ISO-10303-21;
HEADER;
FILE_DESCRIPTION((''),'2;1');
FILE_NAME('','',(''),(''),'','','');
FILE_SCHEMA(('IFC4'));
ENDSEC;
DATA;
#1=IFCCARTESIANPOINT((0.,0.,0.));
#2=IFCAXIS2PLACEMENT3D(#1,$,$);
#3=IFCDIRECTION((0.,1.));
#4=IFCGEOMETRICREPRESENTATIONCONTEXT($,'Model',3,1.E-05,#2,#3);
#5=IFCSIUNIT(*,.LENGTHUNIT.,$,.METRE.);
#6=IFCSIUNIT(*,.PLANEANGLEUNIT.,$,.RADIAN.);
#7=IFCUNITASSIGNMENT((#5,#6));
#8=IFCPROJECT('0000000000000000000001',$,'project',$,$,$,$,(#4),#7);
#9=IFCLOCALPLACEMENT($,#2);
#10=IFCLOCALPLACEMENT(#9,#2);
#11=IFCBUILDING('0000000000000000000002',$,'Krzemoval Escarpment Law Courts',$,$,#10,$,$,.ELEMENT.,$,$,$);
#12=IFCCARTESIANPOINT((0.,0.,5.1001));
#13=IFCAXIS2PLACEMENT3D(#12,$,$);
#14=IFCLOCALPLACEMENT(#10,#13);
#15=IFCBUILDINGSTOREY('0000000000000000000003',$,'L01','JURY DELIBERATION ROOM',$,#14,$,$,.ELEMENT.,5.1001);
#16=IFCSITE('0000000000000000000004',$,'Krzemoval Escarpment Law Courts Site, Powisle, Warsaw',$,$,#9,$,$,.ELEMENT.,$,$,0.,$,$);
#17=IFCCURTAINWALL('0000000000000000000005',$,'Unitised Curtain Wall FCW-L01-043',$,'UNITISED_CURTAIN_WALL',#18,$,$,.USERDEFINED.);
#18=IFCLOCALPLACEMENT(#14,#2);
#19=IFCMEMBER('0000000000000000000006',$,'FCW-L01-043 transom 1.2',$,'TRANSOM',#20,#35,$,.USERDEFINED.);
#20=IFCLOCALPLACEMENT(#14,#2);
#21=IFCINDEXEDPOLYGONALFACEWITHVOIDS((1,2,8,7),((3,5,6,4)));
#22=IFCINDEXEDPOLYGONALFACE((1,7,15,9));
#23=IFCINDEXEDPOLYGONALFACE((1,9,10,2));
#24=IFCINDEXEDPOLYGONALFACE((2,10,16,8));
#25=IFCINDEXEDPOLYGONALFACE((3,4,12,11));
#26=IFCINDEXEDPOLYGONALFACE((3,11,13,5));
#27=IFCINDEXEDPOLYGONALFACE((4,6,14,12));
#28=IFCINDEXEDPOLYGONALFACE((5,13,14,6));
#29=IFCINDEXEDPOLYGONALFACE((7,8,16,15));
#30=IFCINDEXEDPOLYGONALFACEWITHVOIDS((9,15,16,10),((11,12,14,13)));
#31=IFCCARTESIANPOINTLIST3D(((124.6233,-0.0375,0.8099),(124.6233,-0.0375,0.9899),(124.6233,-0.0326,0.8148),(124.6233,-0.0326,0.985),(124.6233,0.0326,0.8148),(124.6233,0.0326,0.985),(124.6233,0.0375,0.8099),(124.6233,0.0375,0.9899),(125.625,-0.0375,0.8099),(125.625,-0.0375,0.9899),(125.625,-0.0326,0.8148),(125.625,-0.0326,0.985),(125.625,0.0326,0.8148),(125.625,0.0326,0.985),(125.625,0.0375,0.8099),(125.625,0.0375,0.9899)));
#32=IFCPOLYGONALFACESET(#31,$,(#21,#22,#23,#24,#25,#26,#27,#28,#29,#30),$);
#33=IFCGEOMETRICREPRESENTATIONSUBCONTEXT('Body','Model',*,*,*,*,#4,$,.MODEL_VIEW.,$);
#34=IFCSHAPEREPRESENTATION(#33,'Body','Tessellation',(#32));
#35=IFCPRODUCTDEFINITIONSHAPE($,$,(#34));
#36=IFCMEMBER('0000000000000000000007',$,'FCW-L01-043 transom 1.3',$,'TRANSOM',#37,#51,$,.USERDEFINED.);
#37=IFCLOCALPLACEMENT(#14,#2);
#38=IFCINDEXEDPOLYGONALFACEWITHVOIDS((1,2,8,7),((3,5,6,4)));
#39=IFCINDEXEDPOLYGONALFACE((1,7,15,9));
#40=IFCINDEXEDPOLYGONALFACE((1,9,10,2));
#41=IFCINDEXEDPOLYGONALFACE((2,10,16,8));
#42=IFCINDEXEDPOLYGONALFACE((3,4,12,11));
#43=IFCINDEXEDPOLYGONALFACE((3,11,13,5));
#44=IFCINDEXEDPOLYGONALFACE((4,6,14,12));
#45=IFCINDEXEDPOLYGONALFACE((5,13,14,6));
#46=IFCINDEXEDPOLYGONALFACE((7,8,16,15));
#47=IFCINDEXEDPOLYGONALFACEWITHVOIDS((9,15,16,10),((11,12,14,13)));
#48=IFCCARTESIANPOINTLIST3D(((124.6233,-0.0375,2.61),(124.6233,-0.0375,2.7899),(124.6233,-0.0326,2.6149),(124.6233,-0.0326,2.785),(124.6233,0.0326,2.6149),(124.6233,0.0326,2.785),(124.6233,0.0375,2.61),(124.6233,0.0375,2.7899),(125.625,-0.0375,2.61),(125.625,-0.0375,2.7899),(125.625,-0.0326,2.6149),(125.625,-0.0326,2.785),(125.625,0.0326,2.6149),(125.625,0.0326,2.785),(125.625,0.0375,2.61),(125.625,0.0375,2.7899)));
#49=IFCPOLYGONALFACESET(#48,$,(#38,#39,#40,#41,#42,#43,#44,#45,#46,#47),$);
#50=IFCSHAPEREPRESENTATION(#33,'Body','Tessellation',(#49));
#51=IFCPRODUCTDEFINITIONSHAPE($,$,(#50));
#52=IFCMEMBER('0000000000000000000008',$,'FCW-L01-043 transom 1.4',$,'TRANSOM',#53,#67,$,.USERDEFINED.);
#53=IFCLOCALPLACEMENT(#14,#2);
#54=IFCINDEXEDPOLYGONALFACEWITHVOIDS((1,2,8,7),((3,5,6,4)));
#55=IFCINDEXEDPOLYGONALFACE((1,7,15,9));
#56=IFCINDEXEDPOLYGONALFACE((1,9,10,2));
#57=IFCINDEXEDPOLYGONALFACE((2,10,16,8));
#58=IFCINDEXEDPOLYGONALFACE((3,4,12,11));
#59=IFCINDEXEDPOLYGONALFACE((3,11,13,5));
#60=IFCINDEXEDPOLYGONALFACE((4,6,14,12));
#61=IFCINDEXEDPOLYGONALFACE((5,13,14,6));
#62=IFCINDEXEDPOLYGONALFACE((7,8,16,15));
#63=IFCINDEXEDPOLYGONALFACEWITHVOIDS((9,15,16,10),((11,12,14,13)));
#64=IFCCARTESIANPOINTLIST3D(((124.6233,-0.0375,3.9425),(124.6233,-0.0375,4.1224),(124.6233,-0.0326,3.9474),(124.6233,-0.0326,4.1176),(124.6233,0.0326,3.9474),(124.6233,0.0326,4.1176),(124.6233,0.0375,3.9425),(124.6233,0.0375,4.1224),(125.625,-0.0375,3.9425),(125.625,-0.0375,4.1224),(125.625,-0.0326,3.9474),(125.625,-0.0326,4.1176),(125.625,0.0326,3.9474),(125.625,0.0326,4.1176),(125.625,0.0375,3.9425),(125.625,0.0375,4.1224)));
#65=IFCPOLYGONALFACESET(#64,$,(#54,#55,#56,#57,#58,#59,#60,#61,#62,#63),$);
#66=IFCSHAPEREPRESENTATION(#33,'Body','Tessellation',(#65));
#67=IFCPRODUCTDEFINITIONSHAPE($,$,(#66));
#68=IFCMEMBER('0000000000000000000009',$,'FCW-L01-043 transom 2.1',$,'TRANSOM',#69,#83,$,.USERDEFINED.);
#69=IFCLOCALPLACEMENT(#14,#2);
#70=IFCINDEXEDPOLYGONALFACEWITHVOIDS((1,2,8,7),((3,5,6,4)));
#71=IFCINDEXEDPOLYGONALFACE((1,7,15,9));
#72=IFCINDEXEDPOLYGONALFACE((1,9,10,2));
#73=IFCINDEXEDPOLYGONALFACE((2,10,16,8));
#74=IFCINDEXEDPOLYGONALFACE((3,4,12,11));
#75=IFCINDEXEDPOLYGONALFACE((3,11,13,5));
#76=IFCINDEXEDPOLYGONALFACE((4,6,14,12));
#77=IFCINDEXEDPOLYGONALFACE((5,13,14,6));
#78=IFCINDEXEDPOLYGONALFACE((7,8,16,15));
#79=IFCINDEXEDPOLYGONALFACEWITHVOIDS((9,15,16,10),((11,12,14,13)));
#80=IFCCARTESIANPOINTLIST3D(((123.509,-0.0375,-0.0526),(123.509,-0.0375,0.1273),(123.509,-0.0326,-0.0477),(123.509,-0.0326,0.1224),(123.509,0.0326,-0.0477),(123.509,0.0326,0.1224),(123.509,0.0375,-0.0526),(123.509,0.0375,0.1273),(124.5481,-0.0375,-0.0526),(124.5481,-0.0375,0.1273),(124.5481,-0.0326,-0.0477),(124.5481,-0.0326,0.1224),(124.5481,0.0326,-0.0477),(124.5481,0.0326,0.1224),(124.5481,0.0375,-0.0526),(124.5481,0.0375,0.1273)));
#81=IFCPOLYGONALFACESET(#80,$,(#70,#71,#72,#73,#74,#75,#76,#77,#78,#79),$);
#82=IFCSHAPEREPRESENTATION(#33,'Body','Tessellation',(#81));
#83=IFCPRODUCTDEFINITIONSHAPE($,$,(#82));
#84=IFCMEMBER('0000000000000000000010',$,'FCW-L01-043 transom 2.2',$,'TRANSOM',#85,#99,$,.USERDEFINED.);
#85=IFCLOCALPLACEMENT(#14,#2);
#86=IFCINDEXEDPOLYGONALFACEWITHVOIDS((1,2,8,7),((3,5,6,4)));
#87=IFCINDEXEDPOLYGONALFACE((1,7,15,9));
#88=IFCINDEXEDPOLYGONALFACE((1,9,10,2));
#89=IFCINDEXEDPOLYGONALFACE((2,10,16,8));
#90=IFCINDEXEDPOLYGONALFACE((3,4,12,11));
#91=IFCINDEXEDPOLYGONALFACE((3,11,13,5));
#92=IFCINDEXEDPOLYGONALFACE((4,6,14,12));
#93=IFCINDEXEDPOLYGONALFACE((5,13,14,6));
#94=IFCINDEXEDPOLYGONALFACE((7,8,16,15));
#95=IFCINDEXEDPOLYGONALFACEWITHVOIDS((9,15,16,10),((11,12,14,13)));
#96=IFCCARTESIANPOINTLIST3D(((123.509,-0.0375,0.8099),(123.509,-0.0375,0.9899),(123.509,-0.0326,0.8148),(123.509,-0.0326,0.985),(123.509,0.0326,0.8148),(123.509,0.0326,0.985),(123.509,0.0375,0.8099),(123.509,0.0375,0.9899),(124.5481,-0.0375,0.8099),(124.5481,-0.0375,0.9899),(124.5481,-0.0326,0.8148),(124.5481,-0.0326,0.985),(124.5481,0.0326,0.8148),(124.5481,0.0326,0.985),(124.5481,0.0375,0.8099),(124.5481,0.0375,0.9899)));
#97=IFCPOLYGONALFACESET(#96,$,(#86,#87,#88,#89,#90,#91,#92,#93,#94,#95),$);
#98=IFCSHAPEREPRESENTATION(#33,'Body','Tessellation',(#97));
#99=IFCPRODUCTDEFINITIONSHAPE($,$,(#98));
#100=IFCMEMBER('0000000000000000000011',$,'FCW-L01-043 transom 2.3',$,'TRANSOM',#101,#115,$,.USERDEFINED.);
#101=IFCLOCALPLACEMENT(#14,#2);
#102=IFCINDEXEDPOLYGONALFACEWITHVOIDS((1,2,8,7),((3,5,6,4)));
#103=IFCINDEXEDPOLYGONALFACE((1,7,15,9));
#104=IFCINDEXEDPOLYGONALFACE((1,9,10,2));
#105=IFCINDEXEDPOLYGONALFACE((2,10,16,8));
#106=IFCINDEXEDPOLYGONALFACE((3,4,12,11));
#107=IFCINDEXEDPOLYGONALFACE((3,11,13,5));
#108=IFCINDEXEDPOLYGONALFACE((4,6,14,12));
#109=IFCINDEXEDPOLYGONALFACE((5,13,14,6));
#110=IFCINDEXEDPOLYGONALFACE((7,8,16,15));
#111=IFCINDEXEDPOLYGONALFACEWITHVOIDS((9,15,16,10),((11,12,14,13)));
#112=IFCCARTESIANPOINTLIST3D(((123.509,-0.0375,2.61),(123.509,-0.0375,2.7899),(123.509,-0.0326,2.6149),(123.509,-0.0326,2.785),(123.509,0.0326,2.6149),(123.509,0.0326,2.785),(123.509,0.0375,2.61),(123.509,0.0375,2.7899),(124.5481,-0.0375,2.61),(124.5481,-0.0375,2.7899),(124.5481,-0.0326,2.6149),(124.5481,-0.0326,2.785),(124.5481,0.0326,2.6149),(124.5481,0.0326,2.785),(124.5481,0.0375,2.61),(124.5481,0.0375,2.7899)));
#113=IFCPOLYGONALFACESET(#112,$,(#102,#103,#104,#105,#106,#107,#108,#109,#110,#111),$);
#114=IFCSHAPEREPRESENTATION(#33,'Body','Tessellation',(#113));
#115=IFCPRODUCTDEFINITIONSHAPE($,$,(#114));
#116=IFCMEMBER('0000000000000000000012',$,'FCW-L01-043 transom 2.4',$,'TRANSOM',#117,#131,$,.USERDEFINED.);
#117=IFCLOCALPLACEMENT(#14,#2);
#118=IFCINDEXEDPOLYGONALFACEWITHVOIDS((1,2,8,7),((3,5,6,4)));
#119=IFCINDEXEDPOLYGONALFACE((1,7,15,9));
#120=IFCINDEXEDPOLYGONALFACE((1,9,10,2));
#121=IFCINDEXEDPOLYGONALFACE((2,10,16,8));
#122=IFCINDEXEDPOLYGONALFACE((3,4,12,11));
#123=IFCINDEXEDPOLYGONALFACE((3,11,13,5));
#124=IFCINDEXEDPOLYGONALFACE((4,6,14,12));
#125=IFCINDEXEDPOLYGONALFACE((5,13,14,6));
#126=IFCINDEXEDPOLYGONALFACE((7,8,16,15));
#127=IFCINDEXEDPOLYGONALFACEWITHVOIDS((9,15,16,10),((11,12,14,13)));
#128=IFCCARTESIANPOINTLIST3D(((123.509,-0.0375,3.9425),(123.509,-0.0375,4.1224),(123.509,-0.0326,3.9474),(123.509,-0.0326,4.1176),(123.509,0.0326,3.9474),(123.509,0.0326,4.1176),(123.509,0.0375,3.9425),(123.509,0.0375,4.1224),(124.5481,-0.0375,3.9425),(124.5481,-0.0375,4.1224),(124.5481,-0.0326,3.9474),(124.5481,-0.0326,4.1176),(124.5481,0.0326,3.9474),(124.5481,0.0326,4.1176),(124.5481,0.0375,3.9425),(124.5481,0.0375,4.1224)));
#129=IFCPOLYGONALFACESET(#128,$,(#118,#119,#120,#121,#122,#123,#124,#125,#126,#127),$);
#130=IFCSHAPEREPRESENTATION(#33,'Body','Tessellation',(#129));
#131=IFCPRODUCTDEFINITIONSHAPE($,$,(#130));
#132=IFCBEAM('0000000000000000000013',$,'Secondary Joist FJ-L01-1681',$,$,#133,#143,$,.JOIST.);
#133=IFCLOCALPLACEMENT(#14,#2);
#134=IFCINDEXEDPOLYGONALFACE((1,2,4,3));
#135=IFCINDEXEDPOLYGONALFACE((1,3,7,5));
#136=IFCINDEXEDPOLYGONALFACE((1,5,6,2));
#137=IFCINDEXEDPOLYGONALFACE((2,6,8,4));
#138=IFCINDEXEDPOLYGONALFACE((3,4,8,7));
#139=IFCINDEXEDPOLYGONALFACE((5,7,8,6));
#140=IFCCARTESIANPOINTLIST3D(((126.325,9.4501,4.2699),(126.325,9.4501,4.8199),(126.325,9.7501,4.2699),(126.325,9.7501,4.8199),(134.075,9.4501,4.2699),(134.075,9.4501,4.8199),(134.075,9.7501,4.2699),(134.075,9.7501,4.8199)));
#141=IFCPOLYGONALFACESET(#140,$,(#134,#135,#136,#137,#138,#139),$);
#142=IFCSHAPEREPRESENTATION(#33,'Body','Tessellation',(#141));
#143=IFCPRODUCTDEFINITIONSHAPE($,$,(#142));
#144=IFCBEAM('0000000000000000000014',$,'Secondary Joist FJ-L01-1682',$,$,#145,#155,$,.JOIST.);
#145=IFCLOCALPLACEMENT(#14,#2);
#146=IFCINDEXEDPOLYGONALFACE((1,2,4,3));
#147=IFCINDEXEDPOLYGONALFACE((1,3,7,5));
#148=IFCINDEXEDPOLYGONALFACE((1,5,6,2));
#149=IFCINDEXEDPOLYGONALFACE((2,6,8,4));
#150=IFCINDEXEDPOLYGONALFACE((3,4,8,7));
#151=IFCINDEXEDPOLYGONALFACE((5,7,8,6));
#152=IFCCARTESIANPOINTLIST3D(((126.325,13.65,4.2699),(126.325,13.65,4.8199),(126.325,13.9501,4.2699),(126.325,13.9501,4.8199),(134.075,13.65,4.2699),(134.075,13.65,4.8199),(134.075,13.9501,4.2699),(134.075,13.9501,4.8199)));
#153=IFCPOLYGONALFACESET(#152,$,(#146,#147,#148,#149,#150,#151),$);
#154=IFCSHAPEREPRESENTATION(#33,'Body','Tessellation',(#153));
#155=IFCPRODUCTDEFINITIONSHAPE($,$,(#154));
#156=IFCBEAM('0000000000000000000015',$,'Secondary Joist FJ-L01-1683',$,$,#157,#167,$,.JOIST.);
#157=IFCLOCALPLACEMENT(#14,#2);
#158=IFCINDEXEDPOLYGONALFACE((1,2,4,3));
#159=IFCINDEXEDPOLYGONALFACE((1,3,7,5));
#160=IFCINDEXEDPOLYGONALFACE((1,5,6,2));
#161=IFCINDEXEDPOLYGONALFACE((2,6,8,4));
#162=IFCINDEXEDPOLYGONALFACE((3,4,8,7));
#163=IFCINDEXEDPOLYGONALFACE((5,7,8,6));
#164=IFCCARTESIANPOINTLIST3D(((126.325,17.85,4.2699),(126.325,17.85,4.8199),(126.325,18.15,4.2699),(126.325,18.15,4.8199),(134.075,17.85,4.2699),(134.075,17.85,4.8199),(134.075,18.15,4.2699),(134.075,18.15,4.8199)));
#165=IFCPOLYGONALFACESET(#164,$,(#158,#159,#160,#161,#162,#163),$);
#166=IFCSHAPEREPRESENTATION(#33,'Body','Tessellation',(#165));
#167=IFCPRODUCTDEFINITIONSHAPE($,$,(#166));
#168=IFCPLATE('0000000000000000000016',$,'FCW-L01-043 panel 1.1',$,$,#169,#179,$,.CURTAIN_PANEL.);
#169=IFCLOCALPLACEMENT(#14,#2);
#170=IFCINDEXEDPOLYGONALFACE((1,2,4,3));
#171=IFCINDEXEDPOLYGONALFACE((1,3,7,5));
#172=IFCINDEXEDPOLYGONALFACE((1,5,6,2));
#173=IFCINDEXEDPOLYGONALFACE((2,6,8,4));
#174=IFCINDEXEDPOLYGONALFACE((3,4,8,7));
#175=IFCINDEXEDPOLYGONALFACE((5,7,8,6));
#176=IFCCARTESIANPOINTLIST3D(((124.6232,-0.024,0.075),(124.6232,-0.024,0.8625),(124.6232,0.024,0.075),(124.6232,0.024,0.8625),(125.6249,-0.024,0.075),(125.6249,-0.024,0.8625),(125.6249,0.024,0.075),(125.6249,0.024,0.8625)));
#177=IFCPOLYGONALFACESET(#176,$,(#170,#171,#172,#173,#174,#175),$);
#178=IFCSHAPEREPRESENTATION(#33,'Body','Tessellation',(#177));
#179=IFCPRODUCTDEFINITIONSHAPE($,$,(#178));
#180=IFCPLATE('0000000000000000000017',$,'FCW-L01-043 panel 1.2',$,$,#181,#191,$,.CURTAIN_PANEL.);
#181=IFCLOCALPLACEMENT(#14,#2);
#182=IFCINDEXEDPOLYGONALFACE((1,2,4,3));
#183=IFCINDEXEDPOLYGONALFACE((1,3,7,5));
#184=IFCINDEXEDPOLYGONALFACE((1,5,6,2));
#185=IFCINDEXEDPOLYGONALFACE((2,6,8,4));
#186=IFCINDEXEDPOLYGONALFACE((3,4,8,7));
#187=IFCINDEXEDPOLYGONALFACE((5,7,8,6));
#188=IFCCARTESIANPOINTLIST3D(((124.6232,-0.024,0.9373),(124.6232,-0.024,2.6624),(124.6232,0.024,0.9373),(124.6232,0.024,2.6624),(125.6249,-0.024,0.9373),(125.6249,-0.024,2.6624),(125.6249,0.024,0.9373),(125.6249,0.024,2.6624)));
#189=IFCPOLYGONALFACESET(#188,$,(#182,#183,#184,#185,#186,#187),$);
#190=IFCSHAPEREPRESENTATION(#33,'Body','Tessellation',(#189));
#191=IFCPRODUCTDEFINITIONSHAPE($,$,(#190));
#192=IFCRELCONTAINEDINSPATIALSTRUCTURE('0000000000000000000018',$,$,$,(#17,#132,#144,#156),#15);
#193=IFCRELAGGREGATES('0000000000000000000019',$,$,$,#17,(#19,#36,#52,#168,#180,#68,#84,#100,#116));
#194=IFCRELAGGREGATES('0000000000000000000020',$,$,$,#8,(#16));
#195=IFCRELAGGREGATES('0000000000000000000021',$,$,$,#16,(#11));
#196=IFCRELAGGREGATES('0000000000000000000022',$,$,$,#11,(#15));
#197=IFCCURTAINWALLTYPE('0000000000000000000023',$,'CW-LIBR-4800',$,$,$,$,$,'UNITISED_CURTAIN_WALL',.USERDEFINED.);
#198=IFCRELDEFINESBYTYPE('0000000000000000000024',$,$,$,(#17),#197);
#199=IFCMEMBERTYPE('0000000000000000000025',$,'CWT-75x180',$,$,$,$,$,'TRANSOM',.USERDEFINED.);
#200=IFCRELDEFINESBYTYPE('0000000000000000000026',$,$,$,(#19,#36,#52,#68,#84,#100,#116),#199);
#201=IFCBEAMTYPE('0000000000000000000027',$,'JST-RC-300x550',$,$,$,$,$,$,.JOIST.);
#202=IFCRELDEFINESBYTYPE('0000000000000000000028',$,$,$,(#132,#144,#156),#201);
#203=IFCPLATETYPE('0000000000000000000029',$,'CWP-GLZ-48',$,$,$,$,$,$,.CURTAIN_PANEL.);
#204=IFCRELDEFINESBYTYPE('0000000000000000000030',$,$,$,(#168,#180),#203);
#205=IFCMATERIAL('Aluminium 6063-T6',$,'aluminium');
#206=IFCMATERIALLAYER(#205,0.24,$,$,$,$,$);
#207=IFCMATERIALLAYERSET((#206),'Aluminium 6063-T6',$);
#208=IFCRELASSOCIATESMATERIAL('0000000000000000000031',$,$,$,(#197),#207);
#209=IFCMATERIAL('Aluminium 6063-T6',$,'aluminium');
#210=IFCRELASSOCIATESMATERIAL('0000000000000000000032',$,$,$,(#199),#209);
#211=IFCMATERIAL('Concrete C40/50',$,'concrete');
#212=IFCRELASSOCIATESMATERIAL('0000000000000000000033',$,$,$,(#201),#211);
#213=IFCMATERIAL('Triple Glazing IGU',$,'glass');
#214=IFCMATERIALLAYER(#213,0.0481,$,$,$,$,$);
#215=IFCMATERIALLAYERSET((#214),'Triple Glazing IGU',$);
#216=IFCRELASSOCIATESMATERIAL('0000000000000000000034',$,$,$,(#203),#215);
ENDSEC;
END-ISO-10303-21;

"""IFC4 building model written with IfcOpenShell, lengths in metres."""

from ifc_helpers import new_model, si_unit, direction, frame, origin, origin_2d, place, context, subcontext, project, spatial, rectangle, hollow_rectangle, extrude, material, layer, layer_set, material_profile, profile_set, type_object, element, aggregate, save


model = new_model("IFC4")

# Units and contexts
model_context = context("Model", 3, precision=1e-05, world=origin(), true_north=direction((0.0, 1.0)))
body_context = subcontext(model_context, "Body", "Model", "MODEL_VIEW")
ifc_project = project(units=[si_unit("LENGTHUNIT", "METRE"), si_unit("PLANEANGLEUNIT", "RADIAN")], contexts=[model_context])

# Site, building, storey
site_placement = place(None, origin())
site = spatial("IfcSite", under=ifc_project, at=site_placement, Name="Krzemoval Escarpment Law Courts Site, Powisle, Warsaw", CompositionType="ELEMENT", RefElevation=0.0)
building_placement = place(site_placement, origin())
building = spatial("IfcBuilding", under=site, at=building_placement, Name="Krzemoval Escarpment Law Courts", CompositionType="ELEMENT")
storey_placement = place(building_placement, frame((0.0, 0.0, 5.1001)))
storey = spatial("IfcBuildingStorey", under=building, at=storey_placement, Name="L01", Description="JURY DELIBERATION ROOM", CompositionType="ELEMENT", Elevation=5.1001)

# Curtain wall, members
ifc_material_1 = material(Name="Aluminium 6063-T6", Category="aluminium")
ifc_layer_1 = layer(ifc_material_1, 0.24)
ifc_layer_set_1 = layer_set([ifc_layer_1], Name="Aluminium 6063-T6")
curtain_wall_type = type_object("IfcCurtainWallType", Name="CW-LIBR-4800", ElementType="UNITISED_CURTAIN_WALL", PredefinedType="USERDEFINED", material=ifc_layer_set_1)
curtain_wall_placement = place(storey_placement, origin())
curtain_wall = element("IfcCurtainWall", 1, at=curtain_wall_placement, inside=storey, type_object=curtain_wall_type, Name="Unitised Curtain Wall FCW-L01-043", ObjectType="UNITISED_CURTAIN_WALL", PredefinedType="USERDEFINED")
ifc_material_2 = material(Name="Aluminium 6063-T6", Category="aluminium")
ifc_material_profile_1 = material_profile(ifc_material_2, hollow_rectangle(XDim=0.075, YDim=0.1799, WallThickness=0.0049, at=origin_2d()), Name="ALU T75x180")
ifc_profile_set_1 = profile_set([ifc_material_profile_1], Name="Aluminium 6063-T6")
member_type_1 = type_object("IfcMemberType", Name="CWT-75x180", ElementType="TRANSOM", PredefinedType="USERDEFINED", material=ifc_profile_set_1)
member_1_placement = place(storey_placement, frame((125.625, 0.0, 0.8999), z_axis=(-1.0, 0.0, 0.0), x_axis=(0.0, -1.0, 0.0)))
member_1 = element("IfcMember", 2, at=member_1_placement, type_object=member_type_1, Name="FCW-L01-043 transom 1.2", ObjectType="TRANSOM", PredefinedType="USERDEFINED", context=body_context, shape_type="SweptSolid", body=[
    extrude(hollow_rectangle(XDim=0.075, YDim=0.1799, WallThickness=0.0049, at=origin_2d()), origin(), (0.0, 0.0, 1.0), 1.0017),
])
member_2_placement = place(storey_placement, frame((125.625, 0.0, 2.7), z_axis=(-1.0, 0.0, 0.0), x_axis=(0.0, -1.0, 0.0)))
member_2 = element("IfcMember", 3, at=member_2_placement, type_object=member_type_1, Name="FCW-L01-043 transom 1.3", ObjectType="TRANSOM", PredefinedType="USERDEFINED", context=body_context, shape_type="SweptSolid", body=[
    extrude(hollow_rectangle(XDim=0.075, YDim=0.1799, WallThickness=0.0049, at=origin_2d()), origin(), (0.0, 0.0, 1.0), 1.0017),
])
member_3_placement = place(storey_placement, frame((125.625, 0.0, 4.0325), z_axis=(-1.0, 0.0, 0.0), x_axis=(0.0, -1.0, 0.0)))
member_3 = element("IfcMember", 4, at=member_3_placement, type_object=member_type_1, Name="FCW-L01-043 transom 1.4", ObjectType="TRANSOM", PredefinedType="USERDEFINED", context=body_context, shape_type="SweptSolid", body=[
    extrude(hollow_rectangle(XDim=0.075, YDim=0.1799, WallThickness=0.0049, at=origin_2d()), origin(), (0.0, 0.0, 1.0), 1.0017),
])
member_4_placement = place(storey_placement, frame((124.5481, 0.0, 0.0374), z_axis=(-1.0, 0.0, 0.0), x_axis=(0.0, -1.0, 0.0)))
member_4 = element("IfcMember", 5, at=member_4_placement, type_object=member_type_1, Name="FCW-L01-043 transom 2.1", ObjectType="TRANSOM", PredefinedType="USERDEFINED", context=body_context, shape_type="SweptSolid", body=[
    extrude(hollow_rectangle(XDim=0.075, YDim=0.1799, WallThickness=0.0049, at=origin_2d()), origin(), (0.0, 0.0, 1.0), 1.0391),
])
member_5_placement = place(storey_placement, frame((124.5481, 0.0, 0.8999), z_axis=(-1.0, 0.0, 0.0), x_axis=(0.0, -1.0, 0.0)))
member_5 = element("IfcMember", 6, at=member_5_placement, type_object=member_type_1, Name="FCW-L01-043 transom 2.2", ObjectType="TRANSOM", PredefinedType="USERDEFINED", context=body_context, shape_type="SweptSolid", body=[
    extrude(hollow_rectangle(XDim=0.075, YDim=0.1799, WallThickness=0.0049, at=origin_2d()), origin(), (0.0, 0.0, 1.0), 1.0391),
])
member_6_placement = place(storey_placement, frame((124.5481, 0.0, 2.7), z_axis=(-1.0, 0.0, 0.0), x_axis=(0.0, -1.0, 0.0)))
member_6 = element("IfcMember", 7, at=member_6_placement, type_object=member_type_1, Name="FCW-L01-043 transom 2.3", ObjectType="TRANSOM", PredefinedType="USERDEFINED", context=body_context, shape_type="SweptSolid", body=[
    extrude(hollow_rectangle(XDim=0.075, YDim=0.1799, WallThickness=0.0049, at=origin_2d()), origin(), (0.0, 0.0, 1.0), 1.0391),
])
member_7_placement = place(storey_placement, frame((124.5481, 0.0, 4.0325), z_axis=(-1.0, 0.0, 0.0), x_axis=(0.0, -1.0, 0.0)))
member_7 = element("IfcMember", 8, at=member_7_placement, type_object=member_type_1, Name="FCW-L01-043 transom 2.4", ObjectType="TRANSOM", PredefinedType="USERDEFINED", context=body_context, shape_type="SweptSolid", body=[
    extrude(hollow_rectangle(XDim=0.075, YDim=0.1799, WallThickness=0.0049, at=origin_2d()), origin(), (0.0, 0.0, 1.0), 1.0391),
])

# Beams
ifc_material_3 = material(Name="Concrete C40/50", Category="concrete")
ifc_material_profile_2 = material_profile(ifc_material_3, rectangle(XDim=0.3, YDim=0.55, at=origin_2d()), Name="RCB 300x550")
ifc_profile_set_2 = profile_set([ifc_material_profile_2], Name="Concrete C40/50")
beam_type_1 = type_object("IfcBeamType", Name="JST-RC-300x550", PredefinedType="JOIST", material=ifc_profile_set_2)
for number, where, z_axis, x_axis, name in (
    (9, (126.325, 9.6001, 4.5449), (1.0, 0.0, 0.0), (0.0, 1.0, 0.0), "Secondary Joist FJ-L01-1681"),
    (10, (126.325, 13.8, 4.5449), (1.0, 0.0, 0.0), (0.0, 1.0, 0.0), "Secondary Joist FJ-L01-1682"),
    (11, (126.325, 18.0, 4.5449), (1.0, 0.0, 0.0), (0.0, 1.0, 0.0), "Secondary Joist FJ-L01-1683"),
):
    element("IfcBeam", number, at=place(storey_placement, frame(where, z_axis=z_axis, x_axis=x_axis)), inside=storey, type_object=beam_type_1, Name=name, PredefinedType="JOIST", context=body_context, shape_type="SweptSolid", body=[
        extrude(rectangle(XDim=0.3, YDim=0.55, at=origin_2d()), origin(), (0.0, 0.0, 1.0), 7.75),
    ])

# Plates
ifc_material_4 = material(Name="Triple Glazing IGU", Category="glass")
ifc_layer_2 = layer(ifc_material_4, 0.0481)
ifc_layer_set_2 = layer_set([ifc_layer_2], Name="Triple Glazing IGU")
plate_type = type_object("IfcPlateType", Name="CWP-GLZ-48", PredefinedType="CURTAIN_PANEL", material=ifc_layer_set_2)
plate_1_placement = place(storey_placement, frame((125.124, 0.0, 0.075), z_axis=(0.0, 0.0, 1.0), x_axis=(-1.0, 0.0, 0.0)))
plate_1 = element("IfcPlate", 12, at=plate_1_placement, type_object=plate_type, Name="FCW-L01-043 panel 1.1", PredefinedType="CURTAIN_PANEL", context=body_context, shape_type="SweptSolid", body=[
    extrude(rectangle(XDim=1.0017, YDim=0.0481, at=origin_2d()), origin(), (0.0, 0.0, 1.0), 0.7876),
])
plate_2_placement = place(storey_placement, frame((125.124, 0.0, 0.9373), z_axis=(0.0, 0.0, 1.0), x_axis=(-1.0, 0.0, 0.0)))
plate_2 = element("IfcPlate", 13, at=plate_2_placement, type_object=plate_type, Name="FCW-L01-043 panel 1.2", PredefinedType="CURTAIN_PANEL", context=body_context, shape_type="SweptSolid", body=[
    extrude(rectangle(XDim=1.0017, YDim=0.0481, at=origin_2d()), origin(), (0.0, 0.0, 1.0), 1.7251),
])
aggregate(curtain_wall, [member_1, member_2, member_3, plate_1, plate_2, member_4, member_5, member_6, member_7])

save(model, "model.ifc")
